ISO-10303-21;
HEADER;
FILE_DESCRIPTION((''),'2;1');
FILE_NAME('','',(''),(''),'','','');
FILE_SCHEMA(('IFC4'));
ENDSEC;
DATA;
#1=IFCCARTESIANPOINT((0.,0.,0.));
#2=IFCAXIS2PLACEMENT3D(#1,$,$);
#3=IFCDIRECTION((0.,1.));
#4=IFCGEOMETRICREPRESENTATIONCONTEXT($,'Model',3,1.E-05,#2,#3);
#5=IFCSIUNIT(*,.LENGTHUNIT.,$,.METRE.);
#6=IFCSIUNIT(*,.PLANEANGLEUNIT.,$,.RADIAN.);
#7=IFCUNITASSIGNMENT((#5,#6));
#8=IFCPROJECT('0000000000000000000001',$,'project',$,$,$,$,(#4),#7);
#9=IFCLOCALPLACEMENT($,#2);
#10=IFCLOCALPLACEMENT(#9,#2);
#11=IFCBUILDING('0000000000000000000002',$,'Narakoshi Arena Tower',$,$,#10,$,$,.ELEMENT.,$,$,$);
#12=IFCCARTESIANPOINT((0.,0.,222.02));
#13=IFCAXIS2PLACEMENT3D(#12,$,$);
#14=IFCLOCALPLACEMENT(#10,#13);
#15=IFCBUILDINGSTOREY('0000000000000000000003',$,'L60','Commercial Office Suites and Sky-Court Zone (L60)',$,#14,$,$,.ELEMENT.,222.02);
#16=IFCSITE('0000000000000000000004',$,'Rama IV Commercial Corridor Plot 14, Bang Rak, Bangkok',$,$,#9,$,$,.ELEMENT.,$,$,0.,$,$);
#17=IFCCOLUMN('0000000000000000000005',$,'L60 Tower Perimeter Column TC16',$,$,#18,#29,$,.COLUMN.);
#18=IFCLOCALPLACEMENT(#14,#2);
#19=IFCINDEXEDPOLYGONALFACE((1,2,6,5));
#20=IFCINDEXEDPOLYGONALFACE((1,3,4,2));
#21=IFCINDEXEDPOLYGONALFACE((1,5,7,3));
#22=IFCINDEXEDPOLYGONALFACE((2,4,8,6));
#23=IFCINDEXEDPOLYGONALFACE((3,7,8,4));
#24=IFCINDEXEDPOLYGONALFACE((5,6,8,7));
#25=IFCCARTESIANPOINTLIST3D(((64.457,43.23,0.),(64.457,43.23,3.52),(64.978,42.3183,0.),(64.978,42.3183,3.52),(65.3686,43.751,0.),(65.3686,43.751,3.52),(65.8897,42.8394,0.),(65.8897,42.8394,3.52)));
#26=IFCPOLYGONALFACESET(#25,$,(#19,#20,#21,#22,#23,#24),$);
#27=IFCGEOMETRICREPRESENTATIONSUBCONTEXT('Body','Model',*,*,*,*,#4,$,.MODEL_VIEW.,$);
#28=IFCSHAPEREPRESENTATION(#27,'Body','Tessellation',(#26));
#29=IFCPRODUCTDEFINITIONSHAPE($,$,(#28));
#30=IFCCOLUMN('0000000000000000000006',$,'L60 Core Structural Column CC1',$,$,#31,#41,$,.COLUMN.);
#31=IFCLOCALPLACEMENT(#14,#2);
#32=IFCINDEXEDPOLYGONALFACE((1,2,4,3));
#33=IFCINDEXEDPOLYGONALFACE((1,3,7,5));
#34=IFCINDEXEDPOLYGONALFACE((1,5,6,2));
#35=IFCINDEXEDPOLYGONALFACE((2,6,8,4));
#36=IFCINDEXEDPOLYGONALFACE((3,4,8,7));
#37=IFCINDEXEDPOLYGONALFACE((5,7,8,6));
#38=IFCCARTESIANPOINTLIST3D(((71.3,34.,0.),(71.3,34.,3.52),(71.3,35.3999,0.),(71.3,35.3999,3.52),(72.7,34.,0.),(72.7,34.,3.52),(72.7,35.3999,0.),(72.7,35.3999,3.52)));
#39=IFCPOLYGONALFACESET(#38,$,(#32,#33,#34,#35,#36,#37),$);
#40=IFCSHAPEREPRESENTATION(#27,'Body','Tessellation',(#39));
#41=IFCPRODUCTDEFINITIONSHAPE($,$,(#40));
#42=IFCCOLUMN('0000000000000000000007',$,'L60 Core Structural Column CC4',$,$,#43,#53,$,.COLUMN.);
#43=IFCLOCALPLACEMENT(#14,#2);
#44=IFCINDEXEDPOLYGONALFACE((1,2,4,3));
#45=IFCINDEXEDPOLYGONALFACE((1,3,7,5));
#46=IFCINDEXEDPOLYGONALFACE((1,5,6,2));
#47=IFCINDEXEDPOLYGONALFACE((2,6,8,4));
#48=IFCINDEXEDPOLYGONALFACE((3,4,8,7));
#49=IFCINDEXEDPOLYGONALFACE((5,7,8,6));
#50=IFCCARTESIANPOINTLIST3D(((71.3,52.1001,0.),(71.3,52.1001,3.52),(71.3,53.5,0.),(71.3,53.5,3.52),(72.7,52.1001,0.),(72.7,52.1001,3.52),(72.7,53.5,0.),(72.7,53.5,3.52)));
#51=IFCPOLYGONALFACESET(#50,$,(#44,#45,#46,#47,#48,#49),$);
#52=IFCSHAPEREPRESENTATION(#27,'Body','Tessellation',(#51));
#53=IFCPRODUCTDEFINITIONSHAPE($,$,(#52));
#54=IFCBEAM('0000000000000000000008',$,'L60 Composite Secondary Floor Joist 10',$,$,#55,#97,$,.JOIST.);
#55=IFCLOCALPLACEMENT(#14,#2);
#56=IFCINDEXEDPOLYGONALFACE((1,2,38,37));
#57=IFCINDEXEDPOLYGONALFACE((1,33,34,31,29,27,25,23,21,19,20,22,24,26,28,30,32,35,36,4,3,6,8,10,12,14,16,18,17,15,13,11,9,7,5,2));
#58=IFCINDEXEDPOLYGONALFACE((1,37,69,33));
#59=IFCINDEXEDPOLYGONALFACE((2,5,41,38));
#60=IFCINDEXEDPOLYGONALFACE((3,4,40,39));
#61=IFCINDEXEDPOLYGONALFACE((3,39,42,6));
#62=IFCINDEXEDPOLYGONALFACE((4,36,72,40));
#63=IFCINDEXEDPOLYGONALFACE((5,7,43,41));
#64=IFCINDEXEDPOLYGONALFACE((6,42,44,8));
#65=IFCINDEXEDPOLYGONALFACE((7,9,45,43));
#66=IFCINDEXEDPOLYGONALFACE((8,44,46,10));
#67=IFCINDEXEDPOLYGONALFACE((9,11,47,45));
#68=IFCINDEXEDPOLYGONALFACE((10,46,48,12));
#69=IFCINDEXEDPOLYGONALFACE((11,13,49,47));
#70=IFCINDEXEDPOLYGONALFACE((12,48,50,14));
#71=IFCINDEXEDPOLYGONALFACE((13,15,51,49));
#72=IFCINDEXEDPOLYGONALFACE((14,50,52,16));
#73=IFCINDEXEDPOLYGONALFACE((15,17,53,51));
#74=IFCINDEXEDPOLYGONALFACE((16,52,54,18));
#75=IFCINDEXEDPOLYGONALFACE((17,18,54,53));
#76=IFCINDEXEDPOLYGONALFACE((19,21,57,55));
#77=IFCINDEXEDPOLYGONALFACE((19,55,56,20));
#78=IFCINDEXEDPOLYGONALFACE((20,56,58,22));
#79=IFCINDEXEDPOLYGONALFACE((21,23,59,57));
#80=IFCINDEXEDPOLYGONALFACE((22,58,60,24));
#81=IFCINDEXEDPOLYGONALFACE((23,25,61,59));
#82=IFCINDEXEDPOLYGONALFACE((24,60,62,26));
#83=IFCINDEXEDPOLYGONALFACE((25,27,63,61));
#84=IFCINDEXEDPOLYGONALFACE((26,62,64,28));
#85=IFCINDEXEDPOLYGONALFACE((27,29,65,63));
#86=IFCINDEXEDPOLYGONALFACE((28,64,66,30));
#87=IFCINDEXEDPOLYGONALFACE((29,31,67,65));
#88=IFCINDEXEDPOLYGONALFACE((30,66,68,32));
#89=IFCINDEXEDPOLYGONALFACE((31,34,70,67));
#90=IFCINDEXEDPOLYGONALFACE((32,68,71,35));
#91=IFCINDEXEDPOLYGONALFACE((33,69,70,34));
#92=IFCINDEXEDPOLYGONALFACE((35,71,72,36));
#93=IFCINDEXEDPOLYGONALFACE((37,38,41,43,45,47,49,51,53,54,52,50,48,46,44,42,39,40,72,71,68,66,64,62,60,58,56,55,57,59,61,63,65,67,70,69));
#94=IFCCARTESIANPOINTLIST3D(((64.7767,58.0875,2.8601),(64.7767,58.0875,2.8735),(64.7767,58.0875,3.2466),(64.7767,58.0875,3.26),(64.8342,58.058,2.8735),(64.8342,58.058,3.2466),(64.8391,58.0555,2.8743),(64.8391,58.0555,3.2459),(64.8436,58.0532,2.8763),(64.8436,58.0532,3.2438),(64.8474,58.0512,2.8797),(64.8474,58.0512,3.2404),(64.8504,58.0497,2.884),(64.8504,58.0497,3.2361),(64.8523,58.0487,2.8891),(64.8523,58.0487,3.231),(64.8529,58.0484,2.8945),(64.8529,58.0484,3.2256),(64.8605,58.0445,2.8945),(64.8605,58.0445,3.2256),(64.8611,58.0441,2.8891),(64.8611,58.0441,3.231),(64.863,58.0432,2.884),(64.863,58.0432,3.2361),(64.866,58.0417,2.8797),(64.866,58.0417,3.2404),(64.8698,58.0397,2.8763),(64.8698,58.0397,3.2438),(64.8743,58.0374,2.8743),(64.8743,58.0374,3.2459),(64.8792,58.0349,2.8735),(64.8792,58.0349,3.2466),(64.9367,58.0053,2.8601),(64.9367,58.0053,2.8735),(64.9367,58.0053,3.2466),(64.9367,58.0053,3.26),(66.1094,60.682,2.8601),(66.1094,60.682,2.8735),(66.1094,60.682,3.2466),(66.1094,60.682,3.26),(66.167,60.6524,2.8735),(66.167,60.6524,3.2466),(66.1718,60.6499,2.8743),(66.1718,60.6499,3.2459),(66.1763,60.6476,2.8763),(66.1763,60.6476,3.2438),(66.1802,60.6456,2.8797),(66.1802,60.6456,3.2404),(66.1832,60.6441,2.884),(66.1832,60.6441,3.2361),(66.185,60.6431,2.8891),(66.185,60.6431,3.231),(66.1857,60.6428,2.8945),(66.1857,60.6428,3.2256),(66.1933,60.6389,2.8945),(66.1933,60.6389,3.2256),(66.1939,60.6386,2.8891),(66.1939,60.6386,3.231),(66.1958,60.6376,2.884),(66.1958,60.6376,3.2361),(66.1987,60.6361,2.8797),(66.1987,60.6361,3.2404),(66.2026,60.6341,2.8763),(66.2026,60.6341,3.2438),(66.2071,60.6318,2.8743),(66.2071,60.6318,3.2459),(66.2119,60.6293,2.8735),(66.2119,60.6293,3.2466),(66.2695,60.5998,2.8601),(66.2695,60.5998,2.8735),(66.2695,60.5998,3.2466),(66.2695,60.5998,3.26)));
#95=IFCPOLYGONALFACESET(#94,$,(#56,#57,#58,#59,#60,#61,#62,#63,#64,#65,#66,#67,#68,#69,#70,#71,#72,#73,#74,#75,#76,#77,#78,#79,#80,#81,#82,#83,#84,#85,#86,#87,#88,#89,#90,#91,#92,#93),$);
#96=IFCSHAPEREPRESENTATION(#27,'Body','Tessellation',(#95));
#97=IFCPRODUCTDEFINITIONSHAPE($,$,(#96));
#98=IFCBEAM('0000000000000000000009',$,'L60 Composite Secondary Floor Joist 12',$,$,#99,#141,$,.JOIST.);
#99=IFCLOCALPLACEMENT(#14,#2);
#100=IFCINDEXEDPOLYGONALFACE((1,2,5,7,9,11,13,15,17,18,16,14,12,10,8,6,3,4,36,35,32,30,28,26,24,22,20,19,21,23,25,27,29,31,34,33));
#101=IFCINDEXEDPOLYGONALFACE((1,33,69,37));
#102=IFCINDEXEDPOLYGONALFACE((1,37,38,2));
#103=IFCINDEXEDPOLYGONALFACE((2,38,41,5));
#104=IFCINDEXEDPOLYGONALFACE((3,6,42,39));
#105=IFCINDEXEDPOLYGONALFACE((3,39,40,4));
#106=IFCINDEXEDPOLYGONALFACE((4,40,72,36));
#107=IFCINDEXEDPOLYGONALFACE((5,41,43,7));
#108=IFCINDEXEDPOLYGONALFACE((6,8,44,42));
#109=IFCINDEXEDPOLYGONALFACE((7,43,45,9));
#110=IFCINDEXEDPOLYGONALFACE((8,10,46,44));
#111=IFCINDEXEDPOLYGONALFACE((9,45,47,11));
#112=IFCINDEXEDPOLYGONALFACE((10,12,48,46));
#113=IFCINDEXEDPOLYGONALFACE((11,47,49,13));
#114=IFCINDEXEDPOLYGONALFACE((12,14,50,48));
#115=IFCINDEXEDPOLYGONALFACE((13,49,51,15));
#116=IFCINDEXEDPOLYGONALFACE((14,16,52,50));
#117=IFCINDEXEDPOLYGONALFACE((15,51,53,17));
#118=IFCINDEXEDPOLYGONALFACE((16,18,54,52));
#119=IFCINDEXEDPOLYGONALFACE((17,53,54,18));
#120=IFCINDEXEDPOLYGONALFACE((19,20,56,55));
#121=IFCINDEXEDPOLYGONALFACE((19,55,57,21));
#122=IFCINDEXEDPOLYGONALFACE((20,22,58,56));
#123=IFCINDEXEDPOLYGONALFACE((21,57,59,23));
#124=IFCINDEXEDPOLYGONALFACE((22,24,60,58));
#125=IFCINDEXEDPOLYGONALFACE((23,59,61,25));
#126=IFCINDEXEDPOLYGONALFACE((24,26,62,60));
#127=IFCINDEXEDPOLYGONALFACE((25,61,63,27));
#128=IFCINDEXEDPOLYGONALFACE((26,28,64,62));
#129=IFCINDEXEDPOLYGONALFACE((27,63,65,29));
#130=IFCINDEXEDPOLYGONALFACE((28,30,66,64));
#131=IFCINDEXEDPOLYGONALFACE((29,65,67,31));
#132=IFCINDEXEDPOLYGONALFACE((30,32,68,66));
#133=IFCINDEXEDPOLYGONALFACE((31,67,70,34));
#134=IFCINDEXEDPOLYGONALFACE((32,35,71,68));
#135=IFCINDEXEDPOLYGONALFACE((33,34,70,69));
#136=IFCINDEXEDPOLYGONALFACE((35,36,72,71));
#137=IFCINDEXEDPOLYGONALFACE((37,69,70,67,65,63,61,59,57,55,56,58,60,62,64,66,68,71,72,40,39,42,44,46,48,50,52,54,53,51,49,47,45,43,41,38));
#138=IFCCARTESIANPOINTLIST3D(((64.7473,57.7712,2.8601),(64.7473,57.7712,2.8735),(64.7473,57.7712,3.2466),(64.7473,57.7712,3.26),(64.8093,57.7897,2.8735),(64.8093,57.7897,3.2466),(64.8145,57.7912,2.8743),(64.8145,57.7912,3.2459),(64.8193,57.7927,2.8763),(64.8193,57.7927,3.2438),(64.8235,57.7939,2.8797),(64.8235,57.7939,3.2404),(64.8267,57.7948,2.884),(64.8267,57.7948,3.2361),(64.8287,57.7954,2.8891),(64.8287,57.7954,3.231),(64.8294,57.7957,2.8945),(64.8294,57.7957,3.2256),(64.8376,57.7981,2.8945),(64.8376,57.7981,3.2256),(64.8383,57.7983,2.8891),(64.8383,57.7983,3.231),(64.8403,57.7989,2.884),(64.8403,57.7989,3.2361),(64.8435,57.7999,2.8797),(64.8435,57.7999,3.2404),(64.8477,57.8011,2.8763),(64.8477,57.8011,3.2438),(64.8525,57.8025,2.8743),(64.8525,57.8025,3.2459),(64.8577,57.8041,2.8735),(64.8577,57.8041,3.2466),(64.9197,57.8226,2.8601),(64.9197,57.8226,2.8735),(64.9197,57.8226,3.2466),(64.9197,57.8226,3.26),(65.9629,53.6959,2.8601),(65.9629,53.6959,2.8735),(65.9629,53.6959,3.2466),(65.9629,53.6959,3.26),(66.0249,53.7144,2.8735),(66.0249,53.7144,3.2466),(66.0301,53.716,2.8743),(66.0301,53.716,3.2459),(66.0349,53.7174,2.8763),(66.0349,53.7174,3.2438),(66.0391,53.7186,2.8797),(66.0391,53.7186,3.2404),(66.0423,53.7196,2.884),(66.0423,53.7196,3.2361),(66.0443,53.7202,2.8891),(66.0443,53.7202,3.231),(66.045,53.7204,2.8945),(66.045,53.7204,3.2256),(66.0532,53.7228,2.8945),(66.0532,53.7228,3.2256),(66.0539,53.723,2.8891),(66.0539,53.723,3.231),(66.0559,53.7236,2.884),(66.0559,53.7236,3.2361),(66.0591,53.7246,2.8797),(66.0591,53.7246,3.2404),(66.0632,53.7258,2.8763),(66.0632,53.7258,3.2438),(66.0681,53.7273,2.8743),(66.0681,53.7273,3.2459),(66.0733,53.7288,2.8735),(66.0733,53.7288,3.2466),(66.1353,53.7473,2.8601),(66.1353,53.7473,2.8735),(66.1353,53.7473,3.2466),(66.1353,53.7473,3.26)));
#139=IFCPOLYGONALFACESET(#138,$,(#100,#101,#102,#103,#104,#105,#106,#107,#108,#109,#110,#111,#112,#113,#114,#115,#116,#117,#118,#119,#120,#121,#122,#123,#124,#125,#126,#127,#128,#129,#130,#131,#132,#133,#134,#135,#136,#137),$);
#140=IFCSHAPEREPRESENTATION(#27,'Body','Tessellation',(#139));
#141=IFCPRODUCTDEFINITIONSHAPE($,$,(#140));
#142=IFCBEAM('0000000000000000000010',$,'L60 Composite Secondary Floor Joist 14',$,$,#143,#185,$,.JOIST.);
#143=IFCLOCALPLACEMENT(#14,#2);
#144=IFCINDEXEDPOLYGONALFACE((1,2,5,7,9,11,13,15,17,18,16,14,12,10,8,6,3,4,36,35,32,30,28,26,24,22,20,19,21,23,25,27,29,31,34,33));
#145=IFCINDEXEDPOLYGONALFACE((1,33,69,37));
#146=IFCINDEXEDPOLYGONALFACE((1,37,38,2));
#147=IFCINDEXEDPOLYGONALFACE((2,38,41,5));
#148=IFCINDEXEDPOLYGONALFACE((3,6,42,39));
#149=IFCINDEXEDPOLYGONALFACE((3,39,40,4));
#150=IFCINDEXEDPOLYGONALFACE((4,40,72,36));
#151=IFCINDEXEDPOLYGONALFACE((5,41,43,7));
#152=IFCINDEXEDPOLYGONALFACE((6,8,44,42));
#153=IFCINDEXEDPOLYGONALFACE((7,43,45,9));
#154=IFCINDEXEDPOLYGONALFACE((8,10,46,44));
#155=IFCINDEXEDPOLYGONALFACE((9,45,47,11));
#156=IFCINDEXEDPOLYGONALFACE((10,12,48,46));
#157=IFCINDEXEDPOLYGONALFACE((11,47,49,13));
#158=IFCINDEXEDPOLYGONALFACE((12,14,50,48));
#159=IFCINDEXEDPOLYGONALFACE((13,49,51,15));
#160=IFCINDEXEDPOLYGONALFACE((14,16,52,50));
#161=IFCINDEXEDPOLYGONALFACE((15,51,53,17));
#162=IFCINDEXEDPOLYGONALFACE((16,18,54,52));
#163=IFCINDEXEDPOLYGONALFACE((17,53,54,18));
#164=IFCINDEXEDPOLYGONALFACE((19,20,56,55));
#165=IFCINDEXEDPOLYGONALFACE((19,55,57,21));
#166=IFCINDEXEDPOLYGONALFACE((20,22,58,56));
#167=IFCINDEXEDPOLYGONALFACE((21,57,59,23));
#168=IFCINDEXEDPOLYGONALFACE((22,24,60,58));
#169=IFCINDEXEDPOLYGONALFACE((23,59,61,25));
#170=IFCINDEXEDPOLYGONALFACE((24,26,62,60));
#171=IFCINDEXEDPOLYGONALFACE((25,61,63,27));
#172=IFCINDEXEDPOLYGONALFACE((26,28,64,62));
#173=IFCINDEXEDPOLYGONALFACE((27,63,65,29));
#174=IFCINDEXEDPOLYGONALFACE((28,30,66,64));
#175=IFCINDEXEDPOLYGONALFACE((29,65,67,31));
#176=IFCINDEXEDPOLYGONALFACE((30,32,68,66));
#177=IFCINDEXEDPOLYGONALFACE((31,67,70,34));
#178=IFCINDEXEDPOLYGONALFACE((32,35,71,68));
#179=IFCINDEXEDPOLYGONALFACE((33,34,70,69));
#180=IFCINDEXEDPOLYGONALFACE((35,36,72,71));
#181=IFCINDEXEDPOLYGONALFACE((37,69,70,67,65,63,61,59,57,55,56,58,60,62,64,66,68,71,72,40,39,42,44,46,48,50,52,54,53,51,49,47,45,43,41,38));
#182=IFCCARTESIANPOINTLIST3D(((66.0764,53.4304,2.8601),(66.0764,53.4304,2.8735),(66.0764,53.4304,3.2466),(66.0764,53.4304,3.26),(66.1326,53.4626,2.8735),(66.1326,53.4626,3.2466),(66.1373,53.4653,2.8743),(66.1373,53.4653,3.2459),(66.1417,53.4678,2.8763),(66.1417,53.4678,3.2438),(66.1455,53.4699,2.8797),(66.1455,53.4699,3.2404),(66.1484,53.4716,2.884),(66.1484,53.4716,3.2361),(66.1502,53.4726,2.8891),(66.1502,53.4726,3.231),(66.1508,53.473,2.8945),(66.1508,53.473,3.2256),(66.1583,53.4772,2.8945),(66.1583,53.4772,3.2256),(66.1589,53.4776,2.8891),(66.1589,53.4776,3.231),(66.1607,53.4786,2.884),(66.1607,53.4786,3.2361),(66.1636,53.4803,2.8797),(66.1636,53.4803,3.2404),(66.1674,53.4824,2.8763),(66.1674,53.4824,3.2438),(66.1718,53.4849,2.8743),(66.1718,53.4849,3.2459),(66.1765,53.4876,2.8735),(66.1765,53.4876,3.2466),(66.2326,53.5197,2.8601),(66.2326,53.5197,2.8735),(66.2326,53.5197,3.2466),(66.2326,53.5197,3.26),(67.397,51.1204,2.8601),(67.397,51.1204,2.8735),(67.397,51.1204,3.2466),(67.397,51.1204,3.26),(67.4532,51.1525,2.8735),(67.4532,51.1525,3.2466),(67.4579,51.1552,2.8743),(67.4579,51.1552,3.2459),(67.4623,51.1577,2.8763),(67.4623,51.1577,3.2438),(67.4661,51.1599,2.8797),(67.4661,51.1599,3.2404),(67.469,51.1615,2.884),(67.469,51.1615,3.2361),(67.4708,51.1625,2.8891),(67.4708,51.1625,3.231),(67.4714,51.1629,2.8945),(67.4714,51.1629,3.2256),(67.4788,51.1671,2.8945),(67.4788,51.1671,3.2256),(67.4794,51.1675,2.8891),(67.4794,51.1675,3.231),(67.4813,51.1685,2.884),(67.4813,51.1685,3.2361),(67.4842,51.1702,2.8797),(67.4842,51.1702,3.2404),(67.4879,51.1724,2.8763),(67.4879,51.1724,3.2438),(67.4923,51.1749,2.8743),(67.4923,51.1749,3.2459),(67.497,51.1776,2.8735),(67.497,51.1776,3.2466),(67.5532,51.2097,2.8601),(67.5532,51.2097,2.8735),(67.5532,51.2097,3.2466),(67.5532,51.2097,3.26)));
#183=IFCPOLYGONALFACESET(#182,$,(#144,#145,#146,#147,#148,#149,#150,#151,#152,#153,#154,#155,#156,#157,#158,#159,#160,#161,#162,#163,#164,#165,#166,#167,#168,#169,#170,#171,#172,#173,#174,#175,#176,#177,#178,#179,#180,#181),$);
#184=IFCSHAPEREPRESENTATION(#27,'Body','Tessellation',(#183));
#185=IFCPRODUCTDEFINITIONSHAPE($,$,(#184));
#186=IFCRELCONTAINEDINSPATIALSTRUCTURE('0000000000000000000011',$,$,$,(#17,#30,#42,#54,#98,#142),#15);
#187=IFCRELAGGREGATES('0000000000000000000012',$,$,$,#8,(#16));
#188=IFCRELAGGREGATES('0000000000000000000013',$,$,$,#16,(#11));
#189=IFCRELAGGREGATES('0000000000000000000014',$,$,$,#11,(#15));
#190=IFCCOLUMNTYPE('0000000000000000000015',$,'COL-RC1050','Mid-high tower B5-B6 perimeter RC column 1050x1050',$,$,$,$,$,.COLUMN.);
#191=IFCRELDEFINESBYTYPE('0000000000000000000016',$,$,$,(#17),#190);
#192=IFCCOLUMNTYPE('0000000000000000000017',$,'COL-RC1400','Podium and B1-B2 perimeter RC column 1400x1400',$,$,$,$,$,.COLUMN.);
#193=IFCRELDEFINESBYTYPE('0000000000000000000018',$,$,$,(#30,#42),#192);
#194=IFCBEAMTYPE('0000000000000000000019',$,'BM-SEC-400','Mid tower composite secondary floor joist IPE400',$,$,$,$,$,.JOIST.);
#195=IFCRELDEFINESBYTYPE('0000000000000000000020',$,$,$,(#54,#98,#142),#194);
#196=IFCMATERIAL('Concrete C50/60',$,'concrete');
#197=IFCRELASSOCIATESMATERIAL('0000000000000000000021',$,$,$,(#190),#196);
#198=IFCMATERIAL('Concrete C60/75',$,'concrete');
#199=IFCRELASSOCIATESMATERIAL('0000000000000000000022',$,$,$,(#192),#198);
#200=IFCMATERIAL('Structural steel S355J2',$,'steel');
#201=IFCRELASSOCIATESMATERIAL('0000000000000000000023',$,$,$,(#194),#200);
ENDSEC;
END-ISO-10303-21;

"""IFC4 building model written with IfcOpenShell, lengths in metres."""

from ifc_helpers import new_model, si_unit, direction, frame, origin, origin_2d, place, context, subcontext, project, spatial, rectangle, i_section, extrude, material, material_profile, profile_set, type_object, element, save


model = new_model("IFC4")

# Units and contexts
model_context = context("Model", 3, precision=1e-05, world=origin(), true_north=direction((0.0, 1.0)))
body_context = subcontext(model_context, "Body", "Model", "MODEL_VIEW")
ifc_project = project(units=[si_unit("LENGTHUNIT", "METRE"), si_unit("PLANEANGLEUNIT", "RADIAN")], contexts=[model_context])

# Site, building, storey
site_placement = place(None, origin())
site = spatial("IfcSite", under=ifc_project, at=site_placement, Name="Rama IV Commercial Corridor Plot 14, Bang Rak, Bangkok", CompositionType="ELEMENT", RefElevation=0.0)
building_placement = place(site_placement, origin())
building = spatial("IfcBuilding", under=site, at=building_placement, Name="Narakoshi Arena Tower", CompositionType="ELEMENT")
storey_placement = place(building_placement, frame((0.0, 0.0, 222.02)))
storey = spatial("IfcBuildingStorey", under=building, at=storey_placement, Name="L60", Description="Commercial Office Suites and Sky-Court Zone (L60)", CompositionType="ELEMENT", Elevation=222.02)

# Columns
ifc_material_1 = material(Name="Concrete C50/60", Category="concrete")
ifc_material_profile_1 = material_profile(ifc_material_1, rectangle(XDim=1.05, YDim=1.05, at=origin_2d()), Name="RC1050x1050")
ifc_profile_set_1 = profile_set([ifc_material_profile_1], Name="Concrete C50/60")
column_type_1 = type_object("IfcColumnType", Name="COL-RC1050", Description="Mid-high tower B5-B6 perimeter RC column 1050x1050", PredefinedType="COLUMN", material=ifc_profile_set_1)
column_placement = place(storey_placement, frame((65.1733, 43.0347, 0.0), z_axis=(0.0, 0.0, 1.0), x_axis=(-0.496217, 0.868199, 0.0)))
element("IfcColumn", 1, at=column_placement, inside=storey, type_object=column_type_1, Name="L60 Tower Perimeter Column TC16", PredefinedType="COLUMN", context=body_context, shape_type="SweptSolid", body=[
    extrude(rectangle(XDim=1.05, YDim=1.05, at=origin_2d()), origin(), (0.0, 0.0, 1.0), 3.52),
])
ifc_material_2 = material(Name="Concrete C60/75", Category="concrete")
ifc_material_profile_2 = material_profile(ifc_material_2, rectangle(XDim=1.3999, YDim=1.3999, at=origin_2d()), Name="RC1400x1400")
ifc_profile_set_2 = profile_set([ifc_material_profile_2], Name="Concrete C60/75")
column_type_2 = type_object("IfcColumnType", Name="COL-RC1400", Description="Podium and B1-B2 perimeter RC column 1400x1400", PredefinedType="COLUMN", material=ifc_profile_set_2)
for number, where, z_axis, x_axis, name in (
    (2, (72.0, 34.7, 0.0), (0.0, 0.0, 1.0), (1.0, 0.0, 0.0), "L60 Core Structural Column CC1"),
    (3, (72.0, 52.8, 0.0), (0.0, 0.0, 1.0), (1.0, 0.0, 0.0), "L60 Core Structural Column CC4"),
):
    element("IfcColumn", number, at=place(storey_placement, frame(where, z_axis=z_axis, x_axis=x_axis)), inside=storey, type_object=column_type_2, Name=name, PredefinedType="COLUMN", context=body_context, shape_type="SweptSolid", body=[
        extrude(rectangle(XDim=1.3999, YDim=1.3999, at=origin_2d()), origin(), (0.0, 0.0, 1.0), 3.52),
    ])

# Beams
ifc_material_3 = material(Name="Structural steel S355J2", Category="steel")
ifc_material_profile_3 = material_profile(ifc_material_3, i_section(OverallWidth=0.1799, OverallDepth=0.3999, WebThickness=0.0085, FlangeThickness=0.0134, FilletRadius=0.021, at=origin_2d()), Name="IPE400")
ifc_profile_set_3 = profile_set([ifc_material_profile_3], Name="Structural steel S355J2")
beam_type = type_object("IfcBeamType", Name="BM-SEC-400", Description="Mid tower composite secondary floor joist IPE400", PredefinedType="JOIST", material=ifc_profile_set_3)
beam_1_placement = place(storey_placement, frame((66.1895, 60.6409, 3.0601), z_axis=(-0.45693, -0.889503, 0.0), x_axis=(0.889503, -0.45693, 0.0)))
element("IfcBeam", 4, at=beam_1_placement, inside=storey, type_object=beam_type, Name="L60 Composite Secondary Floor Joist 10", PredefinedType="JOIST", context=body_context, shape_type="SweptSolid", body=[
    extrude(i_section(OverallWidth=0.1799, OverallDepth=0.3999, WebThickness=0.0085, FlangeThickness=0.0134, FilletRadius=0.021, at=origin_2d()), origin(), (0.0, 0.0, 1.0), 2.9167),
])
beam_2_placement = place(storey_placement, frame((64.8335, 57.7969, 3.0601), z_axis=(0.285841, -0.958277, 0.0), x_axis=(0.958277, 0.285841, 0.0)))
element("IfcBeam", 5, at=beam_2_placement, inside=storey, type_object=beam_type, Name="L60 Composite Secondary Floor Joist 12", PredefinedType="JOIST", context=body_context, shape_type="SweptSolid", body=[
    extrude(i_section(OverallWidth=0.1799, OverallDepth=0.3999, WebThickness=0.0085, FlangeThickness=0.0134, FilletRadius=0.021, at=origin_2d()), origin(), (0.0, 0.0, 1.0), 4.2527),
])
beam_3_placement = place(storey_placement, frame((66.1545, 53.4751, 3.0601), z_axis=(0.496287, -0.868158, 0.0), x_axis=(0.868158, 0.496287, 0.0)))
element("IfcBeam", 6, at=beam_3_placement, inside=storey, type_object=beam_type, Name="L60 Composite Secondary Floor Joist 14", PredefinedType="JOIST", context=body_context, shape_type="SweptSolid", body=[
    extrude(i_section(OverallWidth=0.1799, OverallDepth=0.3999, WebThickness=0.0085, FlangeThickness=0.0134, FilletRadius=0.021, at=origin_2d()), origin(), (0.0, 0.0, 1.0), 2.6609),
])

save(model, "model.ifc")
